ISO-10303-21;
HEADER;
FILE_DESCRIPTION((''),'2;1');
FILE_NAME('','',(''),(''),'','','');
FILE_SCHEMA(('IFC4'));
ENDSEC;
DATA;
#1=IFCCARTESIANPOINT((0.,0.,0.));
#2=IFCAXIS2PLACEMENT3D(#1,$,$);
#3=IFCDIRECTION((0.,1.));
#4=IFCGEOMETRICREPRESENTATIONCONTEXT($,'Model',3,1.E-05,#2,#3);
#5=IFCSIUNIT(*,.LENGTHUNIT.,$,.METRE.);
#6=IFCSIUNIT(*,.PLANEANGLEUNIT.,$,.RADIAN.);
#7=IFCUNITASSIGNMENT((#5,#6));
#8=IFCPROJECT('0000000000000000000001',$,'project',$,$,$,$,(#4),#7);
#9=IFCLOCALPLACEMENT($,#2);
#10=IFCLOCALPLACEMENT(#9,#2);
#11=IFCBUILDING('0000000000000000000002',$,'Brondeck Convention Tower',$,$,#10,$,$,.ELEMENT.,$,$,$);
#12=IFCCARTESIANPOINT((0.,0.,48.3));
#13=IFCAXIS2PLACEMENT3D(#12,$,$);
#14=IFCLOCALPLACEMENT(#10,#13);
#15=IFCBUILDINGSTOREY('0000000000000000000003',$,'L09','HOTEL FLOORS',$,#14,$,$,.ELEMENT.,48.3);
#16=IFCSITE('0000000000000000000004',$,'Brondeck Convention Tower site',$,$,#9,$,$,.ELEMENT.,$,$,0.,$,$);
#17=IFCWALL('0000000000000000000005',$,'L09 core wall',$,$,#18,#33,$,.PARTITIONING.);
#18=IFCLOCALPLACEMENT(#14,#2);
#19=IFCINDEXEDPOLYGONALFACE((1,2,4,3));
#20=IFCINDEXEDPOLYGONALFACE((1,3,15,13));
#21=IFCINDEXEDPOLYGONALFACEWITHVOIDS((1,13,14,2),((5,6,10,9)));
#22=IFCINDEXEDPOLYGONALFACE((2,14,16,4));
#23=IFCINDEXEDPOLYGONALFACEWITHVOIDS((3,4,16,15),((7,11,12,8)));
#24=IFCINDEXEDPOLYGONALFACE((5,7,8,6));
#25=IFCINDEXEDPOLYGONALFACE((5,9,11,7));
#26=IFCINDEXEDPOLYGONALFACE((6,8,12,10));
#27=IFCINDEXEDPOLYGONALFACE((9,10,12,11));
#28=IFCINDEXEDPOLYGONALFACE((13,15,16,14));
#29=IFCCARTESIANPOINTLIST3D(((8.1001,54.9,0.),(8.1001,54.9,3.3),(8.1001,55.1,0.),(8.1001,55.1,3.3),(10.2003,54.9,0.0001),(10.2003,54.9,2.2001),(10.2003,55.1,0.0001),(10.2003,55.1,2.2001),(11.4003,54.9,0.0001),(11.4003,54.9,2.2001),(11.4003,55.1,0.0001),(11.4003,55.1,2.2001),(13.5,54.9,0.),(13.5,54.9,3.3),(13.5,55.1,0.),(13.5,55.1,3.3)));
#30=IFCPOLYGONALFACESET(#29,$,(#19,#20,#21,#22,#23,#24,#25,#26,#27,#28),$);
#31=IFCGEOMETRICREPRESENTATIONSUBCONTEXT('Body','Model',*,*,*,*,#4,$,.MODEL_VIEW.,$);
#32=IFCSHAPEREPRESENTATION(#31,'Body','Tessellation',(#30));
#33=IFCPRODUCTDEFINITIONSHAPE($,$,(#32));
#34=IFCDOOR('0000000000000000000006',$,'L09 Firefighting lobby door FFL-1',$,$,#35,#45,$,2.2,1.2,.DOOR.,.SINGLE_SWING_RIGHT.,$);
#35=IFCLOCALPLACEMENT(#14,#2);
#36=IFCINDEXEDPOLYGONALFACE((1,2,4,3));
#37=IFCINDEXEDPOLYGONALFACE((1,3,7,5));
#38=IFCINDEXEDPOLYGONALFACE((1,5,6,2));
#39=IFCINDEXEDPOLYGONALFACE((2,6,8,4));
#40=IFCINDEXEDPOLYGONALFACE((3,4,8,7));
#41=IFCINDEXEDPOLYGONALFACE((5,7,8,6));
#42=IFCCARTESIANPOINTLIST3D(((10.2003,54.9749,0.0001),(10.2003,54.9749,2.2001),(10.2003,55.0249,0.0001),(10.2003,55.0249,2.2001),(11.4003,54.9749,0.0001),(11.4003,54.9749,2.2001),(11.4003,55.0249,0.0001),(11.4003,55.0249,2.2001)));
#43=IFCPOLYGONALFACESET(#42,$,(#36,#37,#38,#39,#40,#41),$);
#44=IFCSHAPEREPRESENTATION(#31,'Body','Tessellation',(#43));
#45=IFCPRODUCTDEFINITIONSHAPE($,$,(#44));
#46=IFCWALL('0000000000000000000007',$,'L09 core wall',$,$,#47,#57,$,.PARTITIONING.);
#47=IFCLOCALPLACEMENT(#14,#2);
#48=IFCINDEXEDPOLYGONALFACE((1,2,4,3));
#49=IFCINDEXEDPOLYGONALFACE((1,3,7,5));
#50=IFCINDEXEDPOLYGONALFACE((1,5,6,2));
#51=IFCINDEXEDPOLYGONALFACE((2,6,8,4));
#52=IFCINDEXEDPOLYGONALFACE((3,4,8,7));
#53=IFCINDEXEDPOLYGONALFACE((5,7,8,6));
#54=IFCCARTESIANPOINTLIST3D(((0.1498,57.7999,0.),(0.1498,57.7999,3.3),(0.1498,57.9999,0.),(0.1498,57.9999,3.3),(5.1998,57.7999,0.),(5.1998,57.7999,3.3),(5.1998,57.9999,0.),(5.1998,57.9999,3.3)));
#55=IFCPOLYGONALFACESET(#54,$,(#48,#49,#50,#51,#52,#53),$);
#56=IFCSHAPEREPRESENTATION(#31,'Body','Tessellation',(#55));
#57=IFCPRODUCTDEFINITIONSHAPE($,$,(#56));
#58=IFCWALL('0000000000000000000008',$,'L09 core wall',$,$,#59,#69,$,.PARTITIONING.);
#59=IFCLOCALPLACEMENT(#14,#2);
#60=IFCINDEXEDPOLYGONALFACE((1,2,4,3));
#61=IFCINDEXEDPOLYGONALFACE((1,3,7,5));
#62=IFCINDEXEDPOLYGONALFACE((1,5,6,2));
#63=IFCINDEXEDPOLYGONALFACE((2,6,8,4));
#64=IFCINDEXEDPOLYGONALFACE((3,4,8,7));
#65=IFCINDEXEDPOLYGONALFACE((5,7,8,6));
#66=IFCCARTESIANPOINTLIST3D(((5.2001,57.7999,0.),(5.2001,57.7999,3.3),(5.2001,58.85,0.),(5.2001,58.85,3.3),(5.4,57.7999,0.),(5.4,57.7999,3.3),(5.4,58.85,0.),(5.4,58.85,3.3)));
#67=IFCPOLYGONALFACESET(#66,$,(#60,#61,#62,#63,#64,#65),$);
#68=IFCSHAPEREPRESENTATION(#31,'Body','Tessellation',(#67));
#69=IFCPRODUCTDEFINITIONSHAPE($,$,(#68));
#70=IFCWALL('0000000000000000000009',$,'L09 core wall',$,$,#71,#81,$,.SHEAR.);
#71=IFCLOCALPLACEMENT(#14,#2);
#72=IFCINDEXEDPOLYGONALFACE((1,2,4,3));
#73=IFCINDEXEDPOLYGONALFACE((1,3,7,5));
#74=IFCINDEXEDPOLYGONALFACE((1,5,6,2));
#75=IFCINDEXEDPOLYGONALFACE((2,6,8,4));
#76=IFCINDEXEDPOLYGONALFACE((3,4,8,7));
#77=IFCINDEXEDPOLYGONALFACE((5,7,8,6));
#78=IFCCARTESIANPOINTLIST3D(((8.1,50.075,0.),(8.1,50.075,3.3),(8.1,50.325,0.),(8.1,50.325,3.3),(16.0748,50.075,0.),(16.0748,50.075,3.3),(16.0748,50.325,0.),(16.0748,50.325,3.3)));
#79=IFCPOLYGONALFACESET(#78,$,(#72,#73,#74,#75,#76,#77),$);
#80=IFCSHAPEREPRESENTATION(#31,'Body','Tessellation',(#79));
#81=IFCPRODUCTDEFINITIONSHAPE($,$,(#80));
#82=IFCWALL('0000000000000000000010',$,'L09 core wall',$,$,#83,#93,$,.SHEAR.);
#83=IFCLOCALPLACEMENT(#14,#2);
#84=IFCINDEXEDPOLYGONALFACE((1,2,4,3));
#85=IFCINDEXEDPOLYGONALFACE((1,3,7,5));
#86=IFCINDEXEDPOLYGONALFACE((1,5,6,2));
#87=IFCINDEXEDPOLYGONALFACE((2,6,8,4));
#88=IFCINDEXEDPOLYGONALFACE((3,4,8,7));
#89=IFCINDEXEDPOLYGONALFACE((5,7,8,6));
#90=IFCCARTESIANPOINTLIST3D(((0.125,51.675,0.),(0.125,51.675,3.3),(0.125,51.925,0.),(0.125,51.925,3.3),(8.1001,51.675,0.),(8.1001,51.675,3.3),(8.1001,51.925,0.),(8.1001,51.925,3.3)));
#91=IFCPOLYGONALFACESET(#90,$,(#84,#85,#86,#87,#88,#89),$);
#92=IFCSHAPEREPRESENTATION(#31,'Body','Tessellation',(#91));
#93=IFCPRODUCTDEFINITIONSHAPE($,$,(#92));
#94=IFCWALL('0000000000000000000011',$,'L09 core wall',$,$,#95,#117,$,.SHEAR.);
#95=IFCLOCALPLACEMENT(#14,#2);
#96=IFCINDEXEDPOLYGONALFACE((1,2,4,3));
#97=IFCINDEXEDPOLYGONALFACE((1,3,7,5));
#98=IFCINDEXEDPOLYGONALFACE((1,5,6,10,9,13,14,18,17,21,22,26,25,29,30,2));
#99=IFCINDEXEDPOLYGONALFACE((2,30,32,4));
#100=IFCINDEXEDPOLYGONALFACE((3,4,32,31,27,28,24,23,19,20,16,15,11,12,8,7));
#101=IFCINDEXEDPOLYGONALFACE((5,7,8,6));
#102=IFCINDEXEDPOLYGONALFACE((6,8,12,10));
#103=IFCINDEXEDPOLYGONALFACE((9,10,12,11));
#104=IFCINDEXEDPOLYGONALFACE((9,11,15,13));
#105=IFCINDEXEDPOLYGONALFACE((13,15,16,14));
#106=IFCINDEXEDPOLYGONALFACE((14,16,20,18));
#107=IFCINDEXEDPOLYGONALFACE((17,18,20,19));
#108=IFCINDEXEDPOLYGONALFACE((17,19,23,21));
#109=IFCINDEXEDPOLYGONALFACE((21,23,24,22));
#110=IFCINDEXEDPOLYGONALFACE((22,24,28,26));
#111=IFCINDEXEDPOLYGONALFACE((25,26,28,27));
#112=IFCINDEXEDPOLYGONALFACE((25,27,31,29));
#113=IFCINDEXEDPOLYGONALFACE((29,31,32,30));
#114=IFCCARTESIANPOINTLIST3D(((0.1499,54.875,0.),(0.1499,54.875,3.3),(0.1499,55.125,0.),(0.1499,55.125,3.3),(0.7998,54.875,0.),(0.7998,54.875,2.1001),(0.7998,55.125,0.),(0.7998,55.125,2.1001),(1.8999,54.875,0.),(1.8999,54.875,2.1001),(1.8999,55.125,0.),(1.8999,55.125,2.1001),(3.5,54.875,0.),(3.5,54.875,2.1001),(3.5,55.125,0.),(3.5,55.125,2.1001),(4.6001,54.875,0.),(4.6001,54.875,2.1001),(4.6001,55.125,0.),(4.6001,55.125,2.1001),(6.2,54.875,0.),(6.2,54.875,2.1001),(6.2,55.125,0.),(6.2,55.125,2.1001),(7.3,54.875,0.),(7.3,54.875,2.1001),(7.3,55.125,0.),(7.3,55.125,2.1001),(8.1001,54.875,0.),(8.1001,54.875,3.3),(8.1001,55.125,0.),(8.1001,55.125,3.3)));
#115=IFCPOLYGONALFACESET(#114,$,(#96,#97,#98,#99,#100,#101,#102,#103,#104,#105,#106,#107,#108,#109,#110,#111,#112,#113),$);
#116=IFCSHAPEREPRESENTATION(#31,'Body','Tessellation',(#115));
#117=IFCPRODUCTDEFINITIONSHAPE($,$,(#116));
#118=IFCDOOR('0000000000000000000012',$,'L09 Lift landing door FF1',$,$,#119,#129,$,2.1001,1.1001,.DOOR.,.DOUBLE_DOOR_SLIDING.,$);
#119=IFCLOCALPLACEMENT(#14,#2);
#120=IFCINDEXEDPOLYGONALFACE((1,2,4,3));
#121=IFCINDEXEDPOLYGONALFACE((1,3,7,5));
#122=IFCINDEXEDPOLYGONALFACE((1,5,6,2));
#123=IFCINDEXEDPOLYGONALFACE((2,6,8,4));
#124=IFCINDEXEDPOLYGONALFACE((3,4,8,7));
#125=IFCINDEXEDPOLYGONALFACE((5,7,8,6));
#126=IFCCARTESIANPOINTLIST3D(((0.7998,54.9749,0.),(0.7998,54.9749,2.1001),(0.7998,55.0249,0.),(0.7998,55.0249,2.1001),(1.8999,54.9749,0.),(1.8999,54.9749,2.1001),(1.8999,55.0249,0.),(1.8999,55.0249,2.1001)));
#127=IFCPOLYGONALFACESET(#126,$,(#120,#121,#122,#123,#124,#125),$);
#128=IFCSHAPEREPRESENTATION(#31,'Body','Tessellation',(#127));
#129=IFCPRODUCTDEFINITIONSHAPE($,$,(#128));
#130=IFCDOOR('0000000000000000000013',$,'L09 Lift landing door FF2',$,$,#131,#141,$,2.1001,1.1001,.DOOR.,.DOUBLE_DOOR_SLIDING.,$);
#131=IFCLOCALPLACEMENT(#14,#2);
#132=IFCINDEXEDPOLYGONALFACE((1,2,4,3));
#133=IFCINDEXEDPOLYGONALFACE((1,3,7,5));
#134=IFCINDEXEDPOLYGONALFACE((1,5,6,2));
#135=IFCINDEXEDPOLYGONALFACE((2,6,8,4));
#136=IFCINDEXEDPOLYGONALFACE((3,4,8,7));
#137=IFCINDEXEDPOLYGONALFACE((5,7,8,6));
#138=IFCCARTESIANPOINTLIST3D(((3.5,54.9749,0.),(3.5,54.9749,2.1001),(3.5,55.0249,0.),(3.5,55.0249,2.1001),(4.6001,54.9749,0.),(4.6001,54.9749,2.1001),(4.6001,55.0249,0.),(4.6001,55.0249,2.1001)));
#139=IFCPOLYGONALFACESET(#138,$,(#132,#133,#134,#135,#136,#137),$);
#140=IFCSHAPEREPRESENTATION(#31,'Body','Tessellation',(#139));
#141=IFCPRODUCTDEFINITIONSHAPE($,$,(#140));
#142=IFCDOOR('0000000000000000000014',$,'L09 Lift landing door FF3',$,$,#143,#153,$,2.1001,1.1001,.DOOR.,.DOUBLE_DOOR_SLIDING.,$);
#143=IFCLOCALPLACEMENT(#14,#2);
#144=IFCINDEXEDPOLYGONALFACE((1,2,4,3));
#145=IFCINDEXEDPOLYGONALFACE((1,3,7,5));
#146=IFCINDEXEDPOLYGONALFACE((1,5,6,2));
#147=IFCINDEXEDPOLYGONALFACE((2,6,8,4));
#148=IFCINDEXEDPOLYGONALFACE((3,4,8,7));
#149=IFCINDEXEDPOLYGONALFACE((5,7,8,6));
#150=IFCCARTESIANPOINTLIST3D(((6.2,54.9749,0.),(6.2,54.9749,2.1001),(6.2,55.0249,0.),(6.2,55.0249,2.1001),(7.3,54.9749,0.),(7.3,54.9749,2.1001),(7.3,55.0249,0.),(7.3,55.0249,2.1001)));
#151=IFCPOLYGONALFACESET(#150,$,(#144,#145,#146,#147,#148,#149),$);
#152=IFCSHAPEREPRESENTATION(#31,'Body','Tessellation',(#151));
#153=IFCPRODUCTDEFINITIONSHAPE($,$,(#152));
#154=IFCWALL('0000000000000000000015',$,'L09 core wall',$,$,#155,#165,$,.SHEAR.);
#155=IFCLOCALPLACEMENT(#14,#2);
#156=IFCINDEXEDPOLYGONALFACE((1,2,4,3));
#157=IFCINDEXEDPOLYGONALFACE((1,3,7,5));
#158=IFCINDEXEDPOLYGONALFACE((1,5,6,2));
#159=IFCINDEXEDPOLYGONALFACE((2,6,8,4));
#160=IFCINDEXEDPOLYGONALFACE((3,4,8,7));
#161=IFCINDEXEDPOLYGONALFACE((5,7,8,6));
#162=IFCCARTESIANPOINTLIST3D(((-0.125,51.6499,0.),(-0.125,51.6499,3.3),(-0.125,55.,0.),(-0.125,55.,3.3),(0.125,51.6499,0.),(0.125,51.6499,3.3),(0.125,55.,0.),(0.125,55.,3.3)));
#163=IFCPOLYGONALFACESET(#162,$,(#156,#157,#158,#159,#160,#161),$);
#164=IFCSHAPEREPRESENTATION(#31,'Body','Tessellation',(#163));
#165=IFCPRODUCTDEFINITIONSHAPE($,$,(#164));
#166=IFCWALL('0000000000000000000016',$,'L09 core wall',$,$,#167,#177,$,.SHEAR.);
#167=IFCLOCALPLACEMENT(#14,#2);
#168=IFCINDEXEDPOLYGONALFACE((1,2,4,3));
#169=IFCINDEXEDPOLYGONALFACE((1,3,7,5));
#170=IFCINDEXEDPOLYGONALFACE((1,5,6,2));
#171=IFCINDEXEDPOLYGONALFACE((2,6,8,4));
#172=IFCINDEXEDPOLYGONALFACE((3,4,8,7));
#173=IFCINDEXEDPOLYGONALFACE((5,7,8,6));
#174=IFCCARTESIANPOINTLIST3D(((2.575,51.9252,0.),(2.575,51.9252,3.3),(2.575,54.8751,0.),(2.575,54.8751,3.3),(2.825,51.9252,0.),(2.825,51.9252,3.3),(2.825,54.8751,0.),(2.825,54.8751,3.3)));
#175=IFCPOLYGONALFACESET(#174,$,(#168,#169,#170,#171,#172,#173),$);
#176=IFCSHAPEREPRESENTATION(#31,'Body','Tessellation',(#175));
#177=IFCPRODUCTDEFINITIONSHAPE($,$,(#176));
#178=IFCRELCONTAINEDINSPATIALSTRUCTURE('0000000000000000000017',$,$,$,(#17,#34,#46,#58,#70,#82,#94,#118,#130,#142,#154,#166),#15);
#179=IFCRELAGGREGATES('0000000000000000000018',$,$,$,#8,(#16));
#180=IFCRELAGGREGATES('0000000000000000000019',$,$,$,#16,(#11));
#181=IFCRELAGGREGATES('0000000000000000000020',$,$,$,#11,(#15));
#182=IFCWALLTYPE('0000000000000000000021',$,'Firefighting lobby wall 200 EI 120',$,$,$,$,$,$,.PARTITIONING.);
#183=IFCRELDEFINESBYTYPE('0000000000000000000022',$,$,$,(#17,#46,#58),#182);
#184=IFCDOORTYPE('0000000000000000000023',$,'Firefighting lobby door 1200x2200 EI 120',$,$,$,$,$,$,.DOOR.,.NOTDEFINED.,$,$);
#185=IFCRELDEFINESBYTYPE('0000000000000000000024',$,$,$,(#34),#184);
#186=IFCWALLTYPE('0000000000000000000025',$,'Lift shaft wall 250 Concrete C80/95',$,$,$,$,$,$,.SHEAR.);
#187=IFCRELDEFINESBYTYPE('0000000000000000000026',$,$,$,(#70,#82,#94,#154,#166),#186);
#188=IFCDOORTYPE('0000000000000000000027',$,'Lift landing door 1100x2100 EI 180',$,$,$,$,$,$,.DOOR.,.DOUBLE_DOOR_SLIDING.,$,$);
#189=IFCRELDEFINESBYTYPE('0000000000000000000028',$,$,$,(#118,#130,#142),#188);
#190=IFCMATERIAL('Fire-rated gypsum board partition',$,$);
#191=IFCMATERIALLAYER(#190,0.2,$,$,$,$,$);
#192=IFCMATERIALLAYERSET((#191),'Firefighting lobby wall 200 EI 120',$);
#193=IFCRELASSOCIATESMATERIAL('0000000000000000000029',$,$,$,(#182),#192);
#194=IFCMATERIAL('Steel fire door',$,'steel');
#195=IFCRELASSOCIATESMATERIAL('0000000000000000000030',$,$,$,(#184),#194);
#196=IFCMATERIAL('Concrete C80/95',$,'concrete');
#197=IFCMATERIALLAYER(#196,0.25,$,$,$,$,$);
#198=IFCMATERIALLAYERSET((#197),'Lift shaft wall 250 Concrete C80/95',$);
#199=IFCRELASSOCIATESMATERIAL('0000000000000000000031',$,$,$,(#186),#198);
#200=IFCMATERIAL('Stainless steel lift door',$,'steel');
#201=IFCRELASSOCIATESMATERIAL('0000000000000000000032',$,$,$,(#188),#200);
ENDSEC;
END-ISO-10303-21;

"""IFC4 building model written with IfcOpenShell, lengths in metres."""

from ifc_helpers import new_model, si_unit, direction, frame, frame_2d, origin, place, context, subcontext, project, spatial, rectangle, extrude, material, layer, layer_set, type_object, element, fill, save


model = new_model("IFC4")

# Units and contexts
model_context = context("Model", 3, precision=1e-05, world=origin(), true_north=direction((0.0, 1.0)))
body_context = subcontext(model_context, "Body", "Model", "MODEL_VIEW")
ifc_project = project(units=[si_unit("LENGTHUNIT", "METRE"), si_unit("PLANEANGLEUNIT", "RADIAN")], contexts=[model_context])

# Site, building, storey
site_placement = place(None, origin())
site = spatial("IfcSite", under=ifc_project, at=site_placement, Name="Brondeck Convention Tower site", CompositionType="ELEMENT", RefElevation=0.0)
building_placement = place(site_placement, origin())
building = spatial("IfcBuilding", under=site, at=building_placement, Name="Brondeck Convention Tower", CompositionType="ELEMENT")
storey_placement = place(building_placement, frame((0.0, 0.0, 48.3)))
storey = spatial("IfcBuildingStorey", under=building, at=storey_placement, Name="L09", Description="HOTEL FLOORS", CompositionType="ELEMENT", Elevation=48.3)

# Shared definitions
ifc_material_1 = material(Name="Concrete C80/95", Category="concrete")

# Shared definitions
ifc_material_2 = material(Name="Fire-rated gypsum board partition")

# Wall, opening, door
ifc_layer_1 = layer(ifc_material_2, 0.2)
ifc_layer_set_1 = layer_set([ifc_layer_1], Name="Firefighting lobby wall 200 EI 120")
wall_type_1 = type_object("IfcWallType", Name="Firefighting lobby wall 200 EI 120", PredefinedType="PARTITIONING", material=ifc_layer_set_1)
wall_1_placement = place(storey_placement, frame((8.1001, 55.0, 0.0), z_axis=(0.0, 0.0, 1.0), x_axis=(1.0, 0.0, 0.0)))
wall_1 = element("IfcWall", 1, at=wall_1_placement, inside=storey, type_object=wall_type_1, Name="L09 core wall", PredefinedType="PARTITIONING", context=body_context, shape_type="SweptSolid", body=[
    extrude(rectangle(XDim=5.3999, YDim=0.2, at=frame_2d((2.7, 0.0))), origin(), (0.0, 0.0, 1.0), 3.3),
])
opening_1_placement = place(wall_1_placement, frame((2.1001, 0.0, 0.0)))
opening_1 = element("IfcOpeningElement", 2, at=opening_1_placement, cuts=wall_1, PredefinedType="OPENING", context=body_context, shape_type="SweptSolid", body=[
    extrude(rectangle(XDim=1.2, YDim=2.2, at=frame_2d((0.6001, 1.1001))), frame((0.0, 0.1099, 0.0), z_axis=(0.0, -1.0, 0.0), x_axis=(1.0, 0.0, 0.0)), (0.0, 0.0, 1.0), 0.22),
])
ifc_material_3 = material(Name="Steel fire door", Category="steel")
door_type_1 = type_object("IfcDoorType", Name="Firefighting lobby door 1200x2200 EI 120", OperationType="NOTDEFINED", PredefinedType="DOOR", material=ifc_material_3)
door_1_placement = place(opening_1_placement, origin())
door_1 = element("IfcDoor", 3, at=door_1_placement, inside=storey, type_object=door_type_1, Name="L09 Firefighting lobby door FFL-1", OperationType="SINGLE_SWING_RIGHT", OverallHeight=2.2, OverallWidth=1.2, PredefinedType="DOOR", context=body_context, shape_type="SweptSolid", body=[
    extrude(rectangle(XDim=1.2, YDim=2.2, at=frame_2d((0.6001, 1.1001))), frame((0.0, 0.0249, 0.0), z_axis=(0.0, -1.0, 0.0), x_axis=(1.0, 0.0, 0.0)), (0.0, 0.0, 1.0), 0.05),
])
fill(opening_1, door_1)

# Walls
wall_2_placement = place(storey_placement, frame((0.1499, 57.8999, 0.0), z_axis=(0.0, 0.0, 1.0), x_axis=(1.0, 0.0, 0.0)))
element("IfcWall", 4, at=wall_2_placement, inside=storey, type_object=wall_type_1, Name="L09 core wall", PredefinedType="PARTITIONING", context=body_context, shape_type="SweptSolid", body=[
    extrude(rectangle(XDim=5.05, YDim=0.2, at=frame_2d((2.5249, 0.0))), origin(), (0.0, 0.0, 1.0), 3.3),
])
wall_3_placement = place(storey_placement, frame((5.3, 57.8, 0.0), z_axis=(0.0, 0.0, 1.0), x_axis=(0.0, 1.0, 0.0)))
element("IfcWall", 5, at=wall_3_placement, inside=storey, type_object=wall_type_1, Name="L09 core wall", PredefinedType="PARTITIONING", context=body_context, shape_type="SweptSolid", body=[
    extrude(rectangle(XDim=1.05, YDim=0.2, at=frame_2d((0.5249, 0.0))), origin(), (0.0, 0.0, 1.0), 3.3),
])
ifc_layer_2 = layer(ifc_material_1, 0.25)
ifc_layer_set_2 = layer_set([ifc_layer_2], Name="Lift shaft wall 250 Concrete C80/95")
wall_type_2 = type_object("IfcWallType", Name="Lift shaft wall 250 Concrete C80/95", PredefinedType="SHEAR", material=ifc_layer_set_2)
wall_4_placement = place(storey_placement, frame((8.1001, 50.2, 0.0), z_axis=(0.0, 0.0, 1.0), x_axis=(1.0, 0.0, 0.0)))
element("IfcWall", 6, at=wall_4_placement, inside=storey, type_object=wall_type_2, Name="L09 core wall", PredefinedType="SHEAR", context=body_context, shape_type="SweptSolid", body=[
    extrude(rectangle(XDim=7.9749, YDim=0.25, at=frame_2d((3.9873, 0.0))), origin(), (0.0, 0.0, 1.0), 3.3),
])
wall_5_placement = place(storey_placement, frame((0.125, 51.8, 0.0), z_axis=(0.0, 0.0, 1.0), x_axis=(1.0, 0.0, 0.0)))
element("IfcWall", 7, at=wall_5_placement, inside=storey, type_object=wall_type_2, Name="L09 core wall", PredefinedType="SHEAR", context=body_context, shape_type="SweptSolid", body=[
    extrude(rectangle(XDim=7.9751, YDim=0.25, at=frame_2d((3.9875, 0.0))), origin(), (0.0, 0.0, 1.0), 3.3),
])

# Wall, openings, doors
wall_6_placement = place(storey_placement, frame((0.1499, 55.0, 0.0), z_axis=(0.0, 0.0, 1.0), x_axis=(1.0, 0.0, 0.0)))
wall_6 = element("IfcWall", 8, at=wall_6_placement, inside=storey, type_object=wall_type_2, Name="L09 core wall", PredefinedType="SHEAR", context=body_context, shape_type="SweptSolid", body=[
    extrude(rectangle(XDim=7.9502, YDim=0.25, at=frame_2d((3.9751, 0.0))), origin(), (0.0, 0.0, 1.0), 3.3),
])
opening_2_placement = place(wall_6_placement, frame((0.6499, 0.0, 0.0)))
opening_2 = element("IfcOpeningElement", 9, at=opening_2_placement, cuts=wall_6, PredefinedType="OPENING", context=body_context, shape_type="SweptSolid", body=[
    extrude(rectangle(XDim=1.1001, YDim=2.1001, at=frame_2d((0.55, 1.05))), frame((0.0, 0.135, 0.0), z_axis=(0.0, -1.0, 0.0), x_axis=(1.0, 0.0, 0.0)), (0.0, 0.0, 1.0), 0.27),
])
opening_3_placement = place(wall_6_placement, frame((3.3501, 0.0, 0.0)))
opening_3 = element("IfcOpeningElement", 10, at=opening_3_placement, cuts=wall_6, PredefinedType="OPENING", context=body_context, shape_type="SweptSolid", body=[
    extrude(rectangle(XDim=1.1001, YDim=2.1001, at=frame_2d((0.55, 1.05))), frame((0.0, 0.135, 0.0), z_axis=(0.0, -1.0, 0.0), x_axis=(1.0, 0.0, 0.0)), (0.0, 0.0, 1.0), 0.27),
])
opening_4_placement = place(wall_6_placement, frame((6.05, 0.0, 0.0)))
opening_4 = element("IfcOpeningElement", 11, at=opening_4_placement, cuts=wall_6, PredefinedType="OPENING", context=body_context, shape_type="SweptSolid", body=[
    extrude(rectangle(XDim=1.1001, YDim=2.1001, at=frame_2d((0.55, 1.05))), frame((0.0, 0.135, 0.0), z_axis=(0.0, -1.0, 0.0), x_axis=(1.0, 0.0, 0.0)), (0.0, 0.0, 1.0), 0.27),
])
ifc_material_4 = material(Name="Stainless steel lift door", Category="steel")
door_type_2 = type_object("IfcDoorType", Name="Lift landing door 1100x2100 EI 180", OperationType="DOUBLE_DOOR_SLIDING", PredefinedType="DOOR", material=ifc_material_4)
door_2_placement = place(opening_2_placement, origin())
door_2 = element("IfcDoor", 12, at=door_2_placement, inside=storey, type_object=door_type_2, Name="L09 Lift landing door FF1", OperationType="DOUBLE_DOOR_SLIDING", OverallHeight=2.1001, OverallWidth=1.1001, PredefinedType="DOOR", context=body_context, shape_type="SweptSolid", body=[
    extrude(rectangle(XDim=1.1001, YDim=2.1001, at=frame_2d((0.55, 1.05))), frame((0.0, 0.0249, 0.0), z_axis=(0.0, -1.0, 0.0), x_axis=(1.0, 0.0, 0.0)), (0.0, 0.0, 1.0), 0.05),
])
fill(opening_2, door_2)
door_3_placement = place(opening_3_placement, origin())
door_3 = element("IfcDoor", 13, at=door_3_placement, inside=storey, type_object=door_type_2, Name="L09 Lift landing door FF2", OperationType="DOUBLE_DOOR_SLIDING", OverallHeight=2.1001, OverallWidth=1.1001, PredefinedType="DOOR", context=body_context, shape_type="SweptSolid", body=[
    extrude(rectangle(XDim=1.1001, YDim=2.1001, at=frame_2d((0.55, 1.05))), frame((0.0, 0.0249, 0.0), z_axis=(0.0, -1.0, 0.0), x_axis=(1.0, 0.0, 0.0)), (0.0, 0.0, 1.0), 0.05),
])
fill(opening_3, door_3)
door_4_placement = place(opening_4_placement, origin())
door_4 = element("IfcDoor", 14, at=door_4_placement, inside=storey, type_object=door_type_2, Name="L09 Lift landing door FF3", OperationType="DOUBLE_DOOR_SLIDING", OverallHeight=2.1001, OverallWidth=1.1001, PredefinedType="DOOR", context=body_context, shape_type="SweptSolid", body=[
    extrude(rectangle(XDim=1.1001, YDim=2.1001, at=frame_2d((0.55, 1.05))), frame((0.0, 0.0249, 0.0), z_axis=(0.0, -1.0, 0.0), x_axis=(1.0, 0.0, 0.0)), (0.0, 0.0, 1.0), 0.05),
])
fill(opening_4, door_4)

# Walls
wall_7_placement = place(storey_placement, frame((0.0, 51.6499, 0.0), z_axis=(0.0, 0.0, 1.0), x_axis=(0.0, 1.0, 0.0)))
element("IfcWall", 15, at=wall_7_placement, inside=storey, type_object=wall_type_2, Name="L09 core wall", PredefinedType="SHEAR", context=body_context, shape_type="SweptSolid", body=[
    extrude(rectangle(XDim=3.3501, YDim=0.25, at=frame_2d((1.675, 0.0))), origin(), (0.0, 0.0, 1.0), 3.3),
])
for number, where, z_axis, x_axis, name in (
    (16, (2.7, 51.925, 0.0), (0.0, 0.0, 1.0), (0.0, 1.0, 0.0), "L09 core wall"),
):
    element("IfcWall", number, at=place(storey_placement, frame(where, z_axis=z_axis, x_axis=x_axis)), inside=storey, type_object=wall_type_2, Name=name, PredefinedType="SHEAR", context=body_context, shape_type="SweptSolid", body=[
        extrude(rectangle(XDim=2.95, YDim=0.25, at=frame_2d((1.4751, 0.0))), origin(), (0.0, 0.0, 1.0), 3.3),
    ])

save(model, "model.ifc")
